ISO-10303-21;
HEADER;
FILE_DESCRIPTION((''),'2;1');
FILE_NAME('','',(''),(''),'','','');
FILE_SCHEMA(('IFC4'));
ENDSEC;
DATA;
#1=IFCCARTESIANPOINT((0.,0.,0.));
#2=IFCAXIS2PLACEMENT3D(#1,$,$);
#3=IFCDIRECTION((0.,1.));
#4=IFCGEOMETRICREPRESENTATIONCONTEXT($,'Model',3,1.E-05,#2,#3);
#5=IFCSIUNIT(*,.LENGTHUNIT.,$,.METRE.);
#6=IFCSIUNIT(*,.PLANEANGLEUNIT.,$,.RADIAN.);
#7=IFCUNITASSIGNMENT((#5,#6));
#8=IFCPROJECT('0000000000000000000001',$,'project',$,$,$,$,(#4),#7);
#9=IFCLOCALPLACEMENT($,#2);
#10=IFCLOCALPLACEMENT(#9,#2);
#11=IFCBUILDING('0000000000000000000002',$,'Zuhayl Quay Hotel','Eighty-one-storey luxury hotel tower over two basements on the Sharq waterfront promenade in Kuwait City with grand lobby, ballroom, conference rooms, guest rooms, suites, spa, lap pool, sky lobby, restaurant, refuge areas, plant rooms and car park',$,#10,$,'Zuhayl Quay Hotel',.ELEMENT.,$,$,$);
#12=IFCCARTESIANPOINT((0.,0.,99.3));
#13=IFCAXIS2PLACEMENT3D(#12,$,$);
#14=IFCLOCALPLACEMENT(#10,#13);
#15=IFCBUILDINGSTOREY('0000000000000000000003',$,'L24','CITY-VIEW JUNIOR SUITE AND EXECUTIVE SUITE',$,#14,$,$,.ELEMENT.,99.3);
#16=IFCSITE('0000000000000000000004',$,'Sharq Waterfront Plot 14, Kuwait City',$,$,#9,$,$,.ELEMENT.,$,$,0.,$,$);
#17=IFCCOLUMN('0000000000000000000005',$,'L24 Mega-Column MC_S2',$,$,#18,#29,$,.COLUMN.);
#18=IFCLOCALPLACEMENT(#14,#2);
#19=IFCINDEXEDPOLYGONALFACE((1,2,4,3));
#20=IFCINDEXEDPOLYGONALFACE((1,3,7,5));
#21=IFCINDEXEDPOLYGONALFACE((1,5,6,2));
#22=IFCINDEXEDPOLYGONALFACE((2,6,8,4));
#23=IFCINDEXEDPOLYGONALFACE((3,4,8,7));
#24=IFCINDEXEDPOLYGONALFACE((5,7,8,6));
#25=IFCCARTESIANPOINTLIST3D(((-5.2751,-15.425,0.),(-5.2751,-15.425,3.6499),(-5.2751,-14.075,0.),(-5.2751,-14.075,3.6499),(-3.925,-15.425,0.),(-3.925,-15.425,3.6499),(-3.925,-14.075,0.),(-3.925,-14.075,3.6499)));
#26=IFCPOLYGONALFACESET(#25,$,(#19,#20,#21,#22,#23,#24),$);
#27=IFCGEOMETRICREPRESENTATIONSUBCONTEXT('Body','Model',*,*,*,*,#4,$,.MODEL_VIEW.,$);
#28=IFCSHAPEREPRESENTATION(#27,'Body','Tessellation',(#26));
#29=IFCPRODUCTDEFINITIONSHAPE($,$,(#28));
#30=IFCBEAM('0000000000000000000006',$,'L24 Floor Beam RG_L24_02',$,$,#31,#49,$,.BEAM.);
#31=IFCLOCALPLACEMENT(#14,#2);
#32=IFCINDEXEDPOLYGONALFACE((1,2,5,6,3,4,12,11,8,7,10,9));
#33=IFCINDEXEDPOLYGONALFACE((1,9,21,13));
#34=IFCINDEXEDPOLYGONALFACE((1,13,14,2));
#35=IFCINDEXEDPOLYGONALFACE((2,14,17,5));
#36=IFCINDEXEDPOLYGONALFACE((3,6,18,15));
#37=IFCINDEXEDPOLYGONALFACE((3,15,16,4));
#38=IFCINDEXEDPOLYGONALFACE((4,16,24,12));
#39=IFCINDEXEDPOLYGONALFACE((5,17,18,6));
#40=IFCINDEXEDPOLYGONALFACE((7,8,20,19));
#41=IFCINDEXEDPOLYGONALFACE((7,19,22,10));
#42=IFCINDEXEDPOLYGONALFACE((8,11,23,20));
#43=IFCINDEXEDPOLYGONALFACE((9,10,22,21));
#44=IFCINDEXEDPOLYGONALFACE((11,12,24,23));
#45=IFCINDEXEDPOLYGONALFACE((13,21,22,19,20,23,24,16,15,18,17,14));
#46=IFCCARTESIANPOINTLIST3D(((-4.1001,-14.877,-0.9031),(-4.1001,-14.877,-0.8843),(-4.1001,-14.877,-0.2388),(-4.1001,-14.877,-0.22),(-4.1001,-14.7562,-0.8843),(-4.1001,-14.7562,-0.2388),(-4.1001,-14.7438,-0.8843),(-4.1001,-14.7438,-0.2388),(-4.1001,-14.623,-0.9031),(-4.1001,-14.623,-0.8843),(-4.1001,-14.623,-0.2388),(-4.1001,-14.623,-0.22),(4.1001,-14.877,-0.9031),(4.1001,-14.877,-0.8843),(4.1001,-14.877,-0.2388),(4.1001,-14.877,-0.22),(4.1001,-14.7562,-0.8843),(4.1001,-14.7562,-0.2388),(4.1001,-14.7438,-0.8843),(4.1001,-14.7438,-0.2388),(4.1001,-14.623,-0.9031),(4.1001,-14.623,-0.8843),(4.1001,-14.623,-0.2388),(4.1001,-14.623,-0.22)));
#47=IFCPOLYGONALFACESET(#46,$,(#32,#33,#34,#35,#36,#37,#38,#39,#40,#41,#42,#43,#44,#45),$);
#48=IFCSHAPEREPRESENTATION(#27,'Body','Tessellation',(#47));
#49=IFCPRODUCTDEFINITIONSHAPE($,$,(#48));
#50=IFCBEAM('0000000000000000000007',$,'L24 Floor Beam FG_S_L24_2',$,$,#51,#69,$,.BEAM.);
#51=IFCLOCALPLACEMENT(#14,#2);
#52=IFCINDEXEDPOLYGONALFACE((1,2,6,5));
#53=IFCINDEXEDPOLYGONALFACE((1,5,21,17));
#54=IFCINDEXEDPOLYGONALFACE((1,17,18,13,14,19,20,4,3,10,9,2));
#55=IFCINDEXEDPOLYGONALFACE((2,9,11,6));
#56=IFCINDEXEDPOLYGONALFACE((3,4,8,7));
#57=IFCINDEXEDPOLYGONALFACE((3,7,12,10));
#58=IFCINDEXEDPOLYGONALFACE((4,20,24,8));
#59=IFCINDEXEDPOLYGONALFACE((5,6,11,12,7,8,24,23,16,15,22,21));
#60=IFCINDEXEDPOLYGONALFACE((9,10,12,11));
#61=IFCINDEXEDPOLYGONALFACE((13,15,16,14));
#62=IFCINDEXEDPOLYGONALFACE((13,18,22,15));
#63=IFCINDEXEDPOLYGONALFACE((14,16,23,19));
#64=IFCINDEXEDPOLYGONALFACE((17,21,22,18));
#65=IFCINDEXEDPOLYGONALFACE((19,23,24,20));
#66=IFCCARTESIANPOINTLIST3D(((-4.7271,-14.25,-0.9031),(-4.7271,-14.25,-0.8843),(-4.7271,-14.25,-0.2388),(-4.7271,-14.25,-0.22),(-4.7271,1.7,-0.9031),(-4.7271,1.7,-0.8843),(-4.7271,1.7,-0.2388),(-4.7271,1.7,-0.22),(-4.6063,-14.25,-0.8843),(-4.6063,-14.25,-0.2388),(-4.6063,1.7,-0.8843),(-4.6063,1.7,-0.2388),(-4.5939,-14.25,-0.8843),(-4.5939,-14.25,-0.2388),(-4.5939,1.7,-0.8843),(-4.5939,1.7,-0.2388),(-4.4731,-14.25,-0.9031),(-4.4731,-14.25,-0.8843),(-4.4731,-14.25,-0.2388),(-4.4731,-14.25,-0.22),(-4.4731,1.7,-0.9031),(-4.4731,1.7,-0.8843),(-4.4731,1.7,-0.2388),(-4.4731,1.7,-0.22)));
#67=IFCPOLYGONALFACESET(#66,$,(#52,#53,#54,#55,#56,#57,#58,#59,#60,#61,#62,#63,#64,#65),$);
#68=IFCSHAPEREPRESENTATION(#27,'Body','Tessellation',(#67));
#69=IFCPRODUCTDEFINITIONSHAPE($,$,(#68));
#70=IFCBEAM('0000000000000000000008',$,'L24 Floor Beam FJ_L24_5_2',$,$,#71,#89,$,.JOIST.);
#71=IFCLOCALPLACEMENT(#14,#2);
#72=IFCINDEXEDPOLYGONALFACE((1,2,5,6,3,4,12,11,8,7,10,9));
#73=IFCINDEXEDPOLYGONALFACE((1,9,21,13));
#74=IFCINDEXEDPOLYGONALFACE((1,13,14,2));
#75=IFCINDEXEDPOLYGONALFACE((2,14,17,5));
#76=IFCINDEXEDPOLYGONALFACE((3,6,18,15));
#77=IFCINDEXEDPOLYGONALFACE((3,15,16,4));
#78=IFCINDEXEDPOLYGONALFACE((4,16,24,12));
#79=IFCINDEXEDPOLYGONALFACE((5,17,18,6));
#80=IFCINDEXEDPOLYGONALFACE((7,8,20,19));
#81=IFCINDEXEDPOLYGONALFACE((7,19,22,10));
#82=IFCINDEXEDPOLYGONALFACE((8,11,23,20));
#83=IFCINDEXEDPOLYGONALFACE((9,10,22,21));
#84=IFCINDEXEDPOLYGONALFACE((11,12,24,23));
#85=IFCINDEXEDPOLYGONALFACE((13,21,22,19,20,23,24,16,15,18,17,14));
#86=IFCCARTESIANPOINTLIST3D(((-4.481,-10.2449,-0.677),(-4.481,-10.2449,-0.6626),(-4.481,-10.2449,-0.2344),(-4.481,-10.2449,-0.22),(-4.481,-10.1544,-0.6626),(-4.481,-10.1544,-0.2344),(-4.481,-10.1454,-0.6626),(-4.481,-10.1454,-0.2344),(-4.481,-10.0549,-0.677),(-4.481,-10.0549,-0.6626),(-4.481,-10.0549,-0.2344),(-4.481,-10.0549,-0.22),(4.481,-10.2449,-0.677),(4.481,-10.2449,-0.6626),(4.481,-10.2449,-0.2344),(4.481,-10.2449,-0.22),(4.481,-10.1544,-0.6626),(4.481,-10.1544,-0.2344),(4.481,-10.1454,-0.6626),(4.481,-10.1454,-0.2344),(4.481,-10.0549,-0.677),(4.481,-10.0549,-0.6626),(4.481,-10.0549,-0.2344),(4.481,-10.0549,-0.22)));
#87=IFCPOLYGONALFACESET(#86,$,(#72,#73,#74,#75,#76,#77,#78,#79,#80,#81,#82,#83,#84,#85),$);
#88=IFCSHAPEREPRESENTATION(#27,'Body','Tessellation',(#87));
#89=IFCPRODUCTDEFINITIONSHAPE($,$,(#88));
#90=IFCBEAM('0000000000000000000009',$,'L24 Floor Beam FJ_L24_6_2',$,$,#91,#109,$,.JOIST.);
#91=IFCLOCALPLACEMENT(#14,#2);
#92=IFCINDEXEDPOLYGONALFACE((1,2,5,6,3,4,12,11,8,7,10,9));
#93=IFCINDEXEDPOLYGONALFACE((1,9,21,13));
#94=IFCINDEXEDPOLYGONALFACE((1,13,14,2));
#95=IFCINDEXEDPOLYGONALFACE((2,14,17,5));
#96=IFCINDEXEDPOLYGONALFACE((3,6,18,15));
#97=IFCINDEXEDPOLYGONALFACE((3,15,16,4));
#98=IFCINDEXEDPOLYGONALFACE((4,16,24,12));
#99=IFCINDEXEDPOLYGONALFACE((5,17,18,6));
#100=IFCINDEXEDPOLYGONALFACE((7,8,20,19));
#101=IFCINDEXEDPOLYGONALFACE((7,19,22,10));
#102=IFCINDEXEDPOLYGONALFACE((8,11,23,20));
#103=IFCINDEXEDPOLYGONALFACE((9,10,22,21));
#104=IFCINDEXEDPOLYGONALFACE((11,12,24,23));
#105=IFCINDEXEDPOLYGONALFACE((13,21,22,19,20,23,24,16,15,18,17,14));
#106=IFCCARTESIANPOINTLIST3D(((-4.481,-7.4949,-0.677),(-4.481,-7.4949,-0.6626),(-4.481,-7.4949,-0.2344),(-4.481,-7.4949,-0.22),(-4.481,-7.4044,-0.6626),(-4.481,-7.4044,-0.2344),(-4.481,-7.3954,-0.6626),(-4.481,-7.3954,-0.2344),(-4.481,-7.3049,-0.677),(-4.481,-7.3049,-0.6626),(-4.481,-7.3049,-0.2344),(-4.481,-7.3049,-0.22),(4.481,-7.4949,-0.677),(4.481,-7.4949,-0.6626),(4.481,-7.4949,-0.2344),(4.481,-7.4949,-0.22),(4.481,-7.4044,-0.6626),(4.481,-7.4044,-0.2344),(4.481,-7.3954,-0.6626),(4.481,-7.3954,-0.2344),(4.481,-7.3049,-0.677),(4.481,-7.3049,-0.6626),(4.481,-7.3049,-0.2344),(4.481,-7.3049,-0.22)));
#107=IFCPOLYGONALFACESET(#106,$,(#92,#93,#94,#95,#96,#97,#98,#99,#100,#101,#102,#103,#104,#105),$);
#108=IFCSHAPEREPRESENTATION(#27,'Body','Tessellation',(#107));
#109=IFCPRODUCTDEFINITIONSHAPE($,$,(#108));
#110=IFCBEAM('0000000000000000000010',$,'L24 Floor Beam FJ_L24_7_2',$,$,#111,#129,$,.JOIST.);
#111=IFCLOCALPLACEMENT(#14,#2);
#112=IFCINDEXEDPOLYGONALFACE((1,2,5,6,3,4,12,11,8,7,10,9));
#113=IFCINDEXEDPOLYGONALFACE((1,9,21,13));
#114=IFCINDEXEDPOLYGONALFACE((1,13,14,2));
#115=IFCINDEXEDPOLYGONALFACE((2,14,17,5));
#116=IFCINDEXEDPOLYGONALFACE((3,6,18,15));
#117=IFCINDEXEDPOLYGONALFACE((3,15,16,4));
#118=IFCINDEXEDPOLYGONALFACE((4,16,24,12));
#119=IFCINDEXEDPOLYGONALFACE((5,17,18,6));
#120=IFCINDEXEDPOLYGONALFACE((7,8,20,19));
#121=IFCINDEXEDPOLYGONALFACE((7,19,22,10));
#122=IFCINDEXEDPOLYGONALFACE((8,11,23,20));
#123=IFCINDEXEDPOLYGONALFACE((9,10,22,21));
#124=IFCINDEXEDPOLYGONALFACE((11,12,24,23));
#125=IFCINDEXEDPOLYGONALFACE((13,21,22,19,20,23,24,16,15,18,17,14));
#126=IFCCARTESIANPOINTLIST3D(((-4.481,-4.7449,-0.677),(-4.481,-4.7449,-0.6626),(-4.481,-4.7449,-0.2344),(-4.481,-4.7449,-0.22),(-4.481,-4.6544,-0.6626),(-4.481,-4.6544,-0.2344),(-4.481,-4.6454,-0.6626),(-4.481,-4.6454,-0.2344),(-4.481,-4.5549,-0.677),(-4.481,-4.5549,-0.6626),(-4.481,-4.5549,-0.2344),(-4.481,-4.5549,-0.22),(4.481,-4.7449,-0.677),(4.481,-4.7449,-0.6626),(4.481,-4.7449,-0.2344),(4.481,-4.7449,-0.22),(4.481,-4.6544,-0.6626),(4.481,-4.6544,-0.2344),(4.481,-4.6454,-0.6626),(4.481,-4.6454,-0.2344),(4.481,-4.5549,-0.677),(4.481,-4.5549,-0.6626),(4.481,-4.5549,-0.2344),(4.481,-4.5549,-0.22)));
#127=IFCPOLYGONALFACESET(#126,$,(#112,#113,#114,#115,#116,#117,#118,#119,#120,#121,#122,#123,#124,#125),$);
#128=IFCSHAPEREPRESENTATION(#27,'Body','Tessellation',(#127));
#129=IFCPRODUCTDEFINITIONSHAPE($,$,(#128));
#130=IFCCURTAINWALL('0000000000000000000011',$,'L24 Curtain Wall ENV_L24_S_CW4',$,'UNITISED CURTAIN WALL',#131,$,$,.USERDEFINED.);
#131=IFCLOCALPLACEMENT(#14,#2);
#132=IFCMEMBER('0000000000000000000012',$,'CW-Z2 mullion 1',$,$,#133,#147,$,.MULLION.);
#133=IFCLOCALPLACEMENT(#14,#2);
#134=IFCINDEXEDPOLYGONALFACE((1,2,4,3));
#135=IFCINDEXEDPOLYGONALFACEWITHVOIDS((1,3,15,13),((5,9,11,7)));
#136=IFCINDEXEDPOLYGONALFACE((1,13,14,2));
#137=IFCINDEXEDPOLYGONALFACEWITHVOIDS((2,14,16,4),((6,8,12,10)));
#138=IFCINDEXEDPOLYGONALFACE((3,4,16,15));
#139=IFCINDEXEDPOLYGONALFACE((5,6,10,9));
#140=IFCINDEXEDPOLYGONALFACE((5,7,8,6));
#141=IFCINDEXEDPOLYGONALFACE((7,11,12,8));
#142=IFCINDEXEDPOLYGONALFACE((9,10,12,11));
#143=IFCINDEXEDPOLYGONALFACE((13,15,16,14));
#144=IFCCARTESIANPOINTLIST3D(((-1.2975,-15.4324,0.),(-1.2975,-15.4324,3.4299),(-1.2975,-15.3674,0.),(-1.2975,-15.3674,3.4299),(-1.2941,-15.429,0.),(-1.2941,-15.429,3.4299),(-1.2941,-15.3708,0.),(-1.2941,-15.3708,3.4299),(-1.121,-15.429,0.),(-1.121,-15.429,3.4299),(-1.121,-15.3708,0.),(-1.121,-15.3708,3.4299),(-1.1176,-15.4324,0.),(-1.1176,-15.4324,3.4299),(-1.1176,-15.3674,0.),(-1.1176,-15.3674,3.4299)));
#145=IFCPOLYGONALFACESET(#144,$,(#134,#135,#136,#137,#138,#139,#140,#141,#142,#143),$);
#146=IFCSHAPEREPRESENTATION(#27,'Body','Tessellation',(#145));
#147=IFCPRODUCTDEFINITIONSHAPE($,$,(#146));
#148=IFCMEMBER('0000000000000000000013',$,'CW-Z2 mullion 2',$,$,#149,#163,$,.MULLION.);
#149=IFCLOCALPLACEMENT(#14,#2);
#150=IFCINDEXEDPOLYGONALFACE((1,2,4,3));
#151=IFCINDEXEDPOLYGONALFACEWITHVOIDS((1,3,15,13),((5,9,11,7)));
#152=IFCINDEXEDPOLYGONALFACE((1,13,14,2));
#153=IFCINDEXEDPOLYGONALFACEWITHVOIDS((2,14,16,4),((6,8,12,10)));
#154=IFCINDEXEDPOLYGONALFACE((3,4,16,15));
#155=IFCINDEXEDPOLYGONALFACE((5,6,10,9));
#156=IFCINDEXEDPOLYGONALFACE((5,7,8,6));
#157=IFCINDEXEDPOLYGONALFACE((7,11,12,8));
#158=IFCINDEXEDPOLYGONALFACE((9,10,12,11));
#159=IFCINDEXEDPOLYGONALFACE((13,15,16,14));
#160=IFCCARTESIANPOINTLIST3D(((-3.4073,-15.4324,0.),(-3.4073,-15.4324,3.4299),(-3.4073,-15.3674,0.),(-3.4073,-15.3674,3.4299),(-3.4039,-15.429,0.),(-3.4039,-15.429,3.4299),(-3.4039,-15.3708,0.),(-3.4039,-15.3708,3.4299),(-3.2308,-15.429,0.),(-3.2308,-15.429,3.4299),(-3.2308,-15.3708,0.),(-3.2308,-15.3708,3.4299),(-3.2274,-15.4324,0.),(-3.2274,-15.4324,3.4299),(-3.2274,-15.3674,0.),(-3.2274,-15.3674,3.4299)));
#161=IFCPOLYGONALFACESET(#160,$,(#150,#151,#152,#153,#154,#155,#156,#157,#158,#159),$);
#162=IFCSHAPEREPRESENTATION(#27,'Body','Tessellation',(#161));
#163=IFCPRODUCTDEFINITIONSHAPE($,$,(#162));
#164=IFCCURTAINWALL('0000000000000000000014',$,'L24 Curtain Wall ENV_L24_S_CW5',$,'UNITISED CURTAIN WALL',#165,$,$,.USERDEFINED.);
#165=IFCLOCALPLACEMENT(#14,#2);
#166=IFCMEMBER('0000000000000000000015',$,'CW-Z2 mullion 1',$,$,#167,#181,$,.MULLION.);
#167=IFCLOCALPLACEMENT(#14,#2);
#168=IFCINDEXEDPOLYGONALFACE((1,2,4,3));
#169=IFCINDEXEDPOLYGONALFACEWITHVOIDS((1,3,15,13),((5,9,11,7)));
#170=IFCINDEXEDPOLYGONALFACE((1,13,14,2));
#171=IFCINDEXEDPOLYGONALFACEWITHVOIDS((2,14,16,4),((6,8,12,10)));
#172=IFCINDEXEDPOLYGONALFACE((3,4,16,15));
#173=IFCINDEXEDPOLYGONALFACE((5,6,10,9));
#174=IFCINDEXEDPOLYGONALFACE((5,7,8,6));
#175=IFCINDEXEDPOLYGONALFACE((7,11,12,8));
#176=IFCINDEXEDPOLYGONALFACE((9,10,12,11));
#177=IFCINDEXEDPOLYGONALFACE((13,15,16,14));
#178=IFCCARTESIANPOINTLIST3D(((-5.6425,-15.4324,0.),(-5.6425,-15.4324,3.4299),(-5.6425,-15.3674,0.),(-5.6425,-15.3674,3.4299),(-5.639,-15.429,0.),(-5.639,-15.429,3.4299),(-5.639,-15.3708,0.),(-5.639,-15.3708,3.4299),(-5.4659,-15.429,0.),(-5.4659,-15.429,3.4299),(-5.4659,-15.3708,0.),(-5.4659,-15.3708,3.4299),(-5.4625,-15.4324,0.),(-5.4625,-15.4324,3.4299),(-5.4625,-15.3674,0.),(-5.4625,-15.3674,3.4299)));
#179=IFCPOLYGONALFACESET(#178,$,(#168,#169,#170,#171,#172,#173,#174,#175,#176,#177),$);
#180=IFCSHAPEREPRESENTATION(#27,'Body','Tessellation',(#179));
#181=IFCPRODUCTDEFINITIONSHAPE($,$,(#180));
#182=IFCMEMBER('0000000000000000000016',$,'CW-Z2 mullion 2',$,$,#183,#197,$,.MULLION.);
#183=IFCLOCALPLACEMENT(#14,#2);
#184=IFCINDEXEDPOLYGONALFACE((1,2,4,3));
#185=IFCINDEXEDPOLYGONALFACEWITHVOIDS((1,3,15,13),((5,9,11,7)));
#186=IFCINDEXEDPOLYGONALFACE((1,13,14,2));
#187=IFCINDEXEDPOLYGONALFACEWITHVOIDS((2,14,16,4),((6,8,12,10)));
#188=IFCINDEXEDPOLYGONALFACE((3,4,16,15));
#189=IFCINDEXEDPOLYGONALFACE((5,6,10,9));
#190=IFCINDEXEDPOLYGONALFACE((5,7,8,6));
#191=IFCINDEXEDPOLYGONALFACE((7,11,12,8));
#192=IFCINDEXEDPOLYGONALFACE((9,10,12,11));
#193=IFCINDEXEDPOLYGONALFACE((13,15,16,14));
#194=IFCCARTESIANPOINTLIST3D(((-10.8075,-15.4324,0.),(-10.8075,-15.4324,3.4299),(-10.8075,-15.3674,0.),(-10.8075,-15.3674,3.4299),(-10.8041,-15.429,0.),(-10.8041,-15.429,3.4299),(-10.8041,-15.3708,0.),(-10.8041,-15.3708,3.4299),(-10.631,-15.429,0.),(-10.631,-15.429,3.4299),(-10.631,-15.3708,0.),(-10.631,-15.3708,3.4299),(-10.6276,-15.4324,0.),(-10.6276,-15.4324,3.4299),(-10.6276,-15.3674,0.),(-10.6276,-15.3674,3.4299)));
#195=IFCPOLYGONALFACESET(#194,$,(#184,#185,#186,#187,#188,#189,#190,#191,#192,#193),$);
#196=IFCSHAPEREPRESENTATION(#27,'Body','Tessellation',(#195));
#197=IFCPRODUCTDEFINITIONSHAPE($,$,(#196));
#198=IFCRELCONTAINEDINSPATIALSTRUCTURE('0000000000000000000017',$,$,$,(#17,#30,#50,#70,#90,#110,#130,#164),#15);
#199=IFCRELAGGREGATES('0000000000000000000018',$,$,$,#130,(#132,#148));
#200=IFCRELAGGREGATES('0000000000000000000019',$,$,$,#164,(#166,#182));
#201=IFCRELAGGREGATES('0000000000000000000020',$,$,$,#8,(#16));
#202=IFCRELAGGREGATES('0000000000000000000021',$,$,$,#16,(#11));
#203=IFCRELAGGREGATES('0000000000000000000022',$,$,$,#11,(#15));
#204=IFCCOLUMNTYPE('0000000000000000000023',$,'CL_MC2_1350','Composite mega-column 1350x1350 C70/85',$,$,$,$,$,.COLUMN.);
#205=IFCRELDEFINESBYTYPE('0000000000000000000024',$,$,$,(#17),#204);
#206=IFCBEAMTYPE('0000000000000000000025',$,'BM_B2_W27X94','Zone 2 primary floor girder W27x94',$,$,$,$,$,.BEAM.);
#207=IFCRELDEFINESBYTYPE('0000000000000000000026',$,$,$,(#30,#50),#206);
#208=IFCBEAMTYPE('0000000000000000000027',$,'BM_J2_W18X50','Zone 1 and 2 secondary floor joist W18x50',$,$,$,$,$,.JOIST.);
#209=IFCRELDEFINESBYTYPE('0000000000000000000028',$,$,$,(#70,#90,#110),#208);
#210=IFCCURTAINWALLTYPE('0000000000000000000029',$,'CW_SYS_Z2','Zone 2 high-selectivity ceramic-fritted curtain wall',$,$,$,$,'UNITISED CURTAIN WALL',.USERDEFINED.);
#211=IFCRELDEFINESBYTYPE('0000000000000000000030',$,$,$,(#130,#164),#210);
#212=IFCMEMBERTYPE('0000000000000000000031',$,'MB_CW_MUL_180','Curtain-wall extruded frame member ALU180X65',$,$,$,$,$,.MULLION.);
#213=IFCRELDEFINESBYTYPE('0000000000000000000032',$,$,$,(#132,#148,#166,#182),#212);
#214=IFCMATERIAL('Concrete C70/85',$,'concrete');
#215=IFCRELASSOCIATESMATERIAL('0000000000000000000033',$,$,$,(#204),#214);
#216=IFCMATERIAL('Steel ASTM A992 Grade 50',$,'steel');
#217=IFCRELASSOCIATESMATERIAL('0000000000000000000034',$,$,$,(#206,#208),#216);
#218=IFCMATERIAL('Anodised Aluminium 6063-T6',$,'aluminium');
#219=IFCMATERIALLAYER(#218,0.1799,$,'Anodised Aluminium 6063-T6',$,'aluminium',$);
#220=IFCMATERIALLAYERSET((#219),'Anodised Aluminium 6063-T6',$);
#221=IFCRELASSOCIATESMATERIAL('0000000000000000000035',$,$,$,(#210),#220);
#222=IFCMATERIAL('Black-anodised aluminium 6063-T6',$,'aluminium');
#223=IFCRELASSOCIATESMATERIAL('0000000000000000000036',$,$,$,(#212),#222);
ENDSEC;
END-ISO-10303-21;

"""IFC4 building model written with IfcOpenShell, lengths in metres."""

from ifc_helpers import new_model, si_unit, direction, frame, origin, origin_2d, place, context, subcontext, project, spatial, rectangle, hollow_rectangle, i_section, extrude, material, layer, layer_set, material_profile, profile_set, type_object, element, aggregate, save


model = new_model("IFC4")

# Units and contexts
model_context = context("Model", 3, precision=1e-05, world=origin(), true_north=direction((0.0, 1.0)))
body_context = subcontext(model_context, "Body", "Model", "MODEL_VIEW")
ifc_project = project(units=[si_unit("LENGTHUNIT", "METRE"), si_unit("PLANEANGLEUNIT", "RADIAN")], contexts=[model_context])

# Site, building, storey
site_placement = place(None, origin())
site = spatial("IfcSite", under=ifc_project, at=site_placement, Name="Sharq Waterfront Plot 14, Kuwait City", CompositionType="ELEMENT", RefElevation=0.0)
building_placement = place(site_placement, origin())
building = spatial("IfcBuilding", under=site, at=building_placement, Name="Zuhayl Quay Hotel", Description="Eighty-one-storey luxury hotel tower over two basements on the Sharq waterfront promenade in Kuwait City with grand lobby, ballroom, conference rooms, guest rooms, suites, spa, lap pool, sky lobby, restaurant, refuge areas, plant rooms and car park", LongName="Zuhayl Quay Hotel", CompositionType="ELEMENT")
storey_placement = place(building_placement, frame((0.0, 0.0, 99.3)))
storey = spatial("IfcBuildingStorey", under=building, at=storey_placement, Name="L24", Description="CITY-VIEW JUNIOR SUITE AND EXECUTIVE SUITE", CompositionType="ELEMENT", Elevation=99.3)

# Column
ifc_material_1 = material(Name="Concrete C70/85", Category="concrete")
ifc_material_profile_1 = material_profile(ifc_material_1, rectangle(XDim=1.3501, YDim=1.3501, at=origin_2d()), Name="RC1350X1350")
ifc_profile_set_1 = profile_set([ifc_material_profile_1], Name="Concrete C70/85")
column_type = type_object("IfcColumnType", Name="CL_MC2_1350", Description="Composite mega-column 1350x1350 C70/85", PredefinedType="COLUMN", material=ifc_profile_set_1)
column_placement = place(storey_placement, frame((-4.6001, -14.75, 0.0), z_axis=(0.0, 0.0, 1.0), x_axis=(1.0, 0.0, 0.0)))
element("IfcColumn", 1, at=column_placement, inside=storey, type_object=column_type, Name="L24 Mega-Column MC_S2", PredefinedType="COLUMN", context=body_context, shape_type="SweptSolid", body=[
    extrude(rectangle(XDim=1.3501, YDim=1.3501, at=origin_2d()), origin(), (0.0, 0.0, 1.0), 3.6499),
])

# Beams
ifc_material_2 = material(Name="Steel ASTM A992 Grade 50", Category="steel")
ifc_material_profile_2 = material_profile(ifc_material_2, i_section(OverallWidth=0.2539, OverallDepth=0.6831, WebThickness=0.0125, FlangeThickness=0.0188, at=origin_2d()), Name="W27X94")
ifc_profile_set_2 = profile_set([ifc_material_profile_2], Name="Steel ASTM A992 Grade 50")
beam_type_1 = type_object("IfcBeamType", Name="BM_B2_W27X94", Description="Zone 2 primary floor girder W27x94", PredefinedType="BEAM", material=ifc_profile_set_2)
beam_1_placement = place(storey_placement, frame((-4.1001, -14.75, -0.5615), z_axis=(1.0, 0.0, 0.0), x_axis=(0.0, 1.0, 0.0)))
element("IfcBeam", 2, at=beam_1_placement, inside=storey, type_object=beam_type_1, Name="L24 Floor Beam RG_L24_02", PredefinedType="BEAM", context=body_context, shape_type="SweptSolid", body=[
    extrude(i_section(OverallWidth=0.2539, OverallDepth=0.6831, WebThickness=0.0125, FlangeThickness=0.0188, at=origin_2d()), origin(), (0.0, 0.0, 1.0), 8.2002),
])
beam_2_placement = place(storey_placement, frame((-4.6001, -14.25, -0.5615), z_axis=(0.0, 1.0, 0.0), x_axis=(-1.0, 0.0, 0.0)))
element("IfcBeam", 3, at=beam_2_placement, inside=storey, type_object=beam_type_1, Name="L24 Floor Beam FG_S_L24_2", PredefinedType="BEAM", context=body_context, shape_type="SweptSolid", body=[
    extrude(i_section(OverallWidth=0.2539, OverallDepth=0.6831, WebThickness=0.0125, FlangeThickness=0.0188, at=origin_2d()), origin(), (0.0, 0.0, 1.0), 15.95),
])
ifc_material_profile_3 = material_profile(ifc_material_2, i_section(OverallWidth=0.1899, OverallDepth=0.457, WebThickness=0.009, FlangeThickness=0.0144, at=origin_2d()), Name="W18X50")
ifc_profile_set_3 = profile_set([ifc_material_profile_3], Name="Steel ASTM A992 Grade 50")
beam_type_2 = type_object("IfcBeamType", Name="BM_J2_W18X50", Description="Zone 1 and 2 secondary floor joist W18x50", PredefinedType="JOIST", material=ifc_profile_set_3)
for number, where, z_axis, x_axis, name in (
    (4, (-4.481, -10.1499, -0.4485), (1.0, 0.0, 0.0), (0.0, 1.0, 0.0), "L24 Floor Beam FJ_L24_5_2"),
    (5, (-4.481, -7.3999, -0.4485), (1.0, 0.0, 0.0), (0.0, 1.0, 0.0), "L24 Floor Beam FJ_L24_6_2"),
    (6, (-4.481, -4.6499, -0.4485), (1.0, 0.0, 0.0), (0.0, 1.0, 0.0), "L24 Floor Beam FJ_L24_7_2"),
):
    element("IfcBeam", number, at=place(storey_placement, frame(where, z_axis=z_axis, x_axis=x_axis)), inside=storey, type_object=beam_type_2, Name=name, PredefinedType="JOIST", context=body_context, shape_type="SweptSolid", body=[
        extrude(i_section(OverallWidth=0.1899, OverallDepth=0.457, WebThickness=0.009, FlangeThickness=0.0144, at=origin_2d()), origin(), (0.0, 0.0, 1.0), 8.9619),
    ])

# Curtain walls, members
ifc_material_3 = material(Name="Anodised Aluminium 6063-T6", Category="aluminium")
ifc_layer_1 = layer(ifc_material_3, 0.1799, Name="Anodised Aluminium 6063-T6", Category="aluminium")
ifc_layer_set_1 = layer_set([ifc_layer_1], Name="Anodised Aluminium 6063-T6")
curtain_wall_type = type_object("IfcCurtainWallType", Name="CW_SYS_Z2", Description="Zone 2 high-selectivity ceramic-fritted curtain wall", ElementType="UNITISED CURTAIN WALL", PredefinedType="USERDEFINED", material=ifc_layer_set_1)
curtain_wall_1_placement = place(storey_placement, origin())
curtain_wall_1 = element("IfcCurtainWall", 7, at=curtain_wall_1_placement, inside=storey, type_object=curtain_wall_type, Name="L24 Curtain Wall ENV_L24_S_CW4", ObjectType="UNITISED CURTAIN WALL", PredefinedType="USERDEFINED")
ifc_material_4 = material(Name="Black-anodised aluminium 6063-T6", Category="aluminium")
ifc_material_profile_4 = material_profile(ifc_material_4, hollow_rectangle(XDim=0.0649, YDim=0.1799, WallThickness=0.0034, at=origin_2d()), Name="ALU180X65")
ifc_profile_set_4 = profile_set([ifc_material_profile_4], Name="Black-anodised aluminium 6063-T6")
member_type_1 = type_object("IfcMemberType", Name="MB_CW_MUL_180", Description="Curtain-wall extruded frame member ALU180X65", PredefinedType="MULLION", material=ifc_profile_set_4)
member_1_placement = place(storey_placement, frame((-1.2075, -15.3999, 0.0), z_axis=(0.0, 0.0, 1.0), x_axis=(0.0, -1.0, 0.0)))
member_1 = element("IfcMember", 8, at=member_1_placement, type_object=member_type_1, Name="CW-Z2 mullion 1", PredefinedType="MULLION", context=body_context, shape_type="SweptSolid", body=[
    extrude(hollow_rectangle(XDim=0.0649, YDim=0.1799, WallThickness=0.0034, at=origin_2d()), origin(), (0.0, 0.0, 1.0), 3.4299),
])
member_2_placement = place(storey_placement, frame((-3.3174, -15.3999, 0.0), z_axis=(0.0, 0.0, 1.0), x_axis=(0.0, -1.0, 0.0)))
member_2 = element("IfcMember", 9, at=member_2_placement, type_object=member_type_1, Name="CW-Z2 mullion 2", PredefinedType="MULLION", context=body_context, shape_type="SweptSolid", body=[
    extrude(hollow_rectangle(XDim=0.0649, YDim=0.1799, WallThickness=0.0034, at=origin_2d()), origin(), (0.0, 0.0, 1.0), 3.4299),
])
curtain_wall_2_placement = place(storey_placement, origin())
curtain_wall_2 = element("IfcCurtainWall", 10, at=curtain_wall_2_placement, inside=storey, type_object=curtain_wall_type, Name="L24 Curtain Wall ENV_L24_S_CW5", ObjectType="UNITISED CURTAIN WALL", PredefinedType="USERDEFINED")
member_3_placement = place(storey_placement, frame((-5.5525, -15.3999, 0.0), z_axis=(0.0, 0.0, 1.0), x_axis=(0.0, -1.0, 0.0)))
member_3 = element("IfcMember", 11, at=member_3_placement, type_object=member_type_1, Name="CW-Z2 mullion 1", PredefinedType="MULLION", context=body_context, shape_type="SweptSolid", body=[
    extrude(hollow_rectangle(XDim=0.0649, YDim=0.1799, WallThickness=0.0034, at=origin_2d()), origin(), (0.0, 0.0, 1.0), 3.4299),
])
member_4_placement = place(storey_placement, frame((-10.7175, -15.3999, 0.0), z_axis=(0.0, 0.0, 1.0), x_axis=(0.0, -1.0, 0.0)))
member_4 = element("IfcMember", 12, at=member_4_placement, type_object=member_type_1, Name="CW-Z2 mullion 2", PredefinedType="MULLION", context=body_context, shape_type="SweptSolid", body=[
    extrude(hollow_rectangle(XDim=0.0649, YDim=0.1799, WallThickness=0.0034, at=origin_2d()), origin(), (0.0, 0.0, 1.0), 3.4299),
])

aggregate(curtain_wall_1, [member_1, member_2])
aggregate(curtain_wall_2, [member_3, member_4])

save(model, "model.ifc")
